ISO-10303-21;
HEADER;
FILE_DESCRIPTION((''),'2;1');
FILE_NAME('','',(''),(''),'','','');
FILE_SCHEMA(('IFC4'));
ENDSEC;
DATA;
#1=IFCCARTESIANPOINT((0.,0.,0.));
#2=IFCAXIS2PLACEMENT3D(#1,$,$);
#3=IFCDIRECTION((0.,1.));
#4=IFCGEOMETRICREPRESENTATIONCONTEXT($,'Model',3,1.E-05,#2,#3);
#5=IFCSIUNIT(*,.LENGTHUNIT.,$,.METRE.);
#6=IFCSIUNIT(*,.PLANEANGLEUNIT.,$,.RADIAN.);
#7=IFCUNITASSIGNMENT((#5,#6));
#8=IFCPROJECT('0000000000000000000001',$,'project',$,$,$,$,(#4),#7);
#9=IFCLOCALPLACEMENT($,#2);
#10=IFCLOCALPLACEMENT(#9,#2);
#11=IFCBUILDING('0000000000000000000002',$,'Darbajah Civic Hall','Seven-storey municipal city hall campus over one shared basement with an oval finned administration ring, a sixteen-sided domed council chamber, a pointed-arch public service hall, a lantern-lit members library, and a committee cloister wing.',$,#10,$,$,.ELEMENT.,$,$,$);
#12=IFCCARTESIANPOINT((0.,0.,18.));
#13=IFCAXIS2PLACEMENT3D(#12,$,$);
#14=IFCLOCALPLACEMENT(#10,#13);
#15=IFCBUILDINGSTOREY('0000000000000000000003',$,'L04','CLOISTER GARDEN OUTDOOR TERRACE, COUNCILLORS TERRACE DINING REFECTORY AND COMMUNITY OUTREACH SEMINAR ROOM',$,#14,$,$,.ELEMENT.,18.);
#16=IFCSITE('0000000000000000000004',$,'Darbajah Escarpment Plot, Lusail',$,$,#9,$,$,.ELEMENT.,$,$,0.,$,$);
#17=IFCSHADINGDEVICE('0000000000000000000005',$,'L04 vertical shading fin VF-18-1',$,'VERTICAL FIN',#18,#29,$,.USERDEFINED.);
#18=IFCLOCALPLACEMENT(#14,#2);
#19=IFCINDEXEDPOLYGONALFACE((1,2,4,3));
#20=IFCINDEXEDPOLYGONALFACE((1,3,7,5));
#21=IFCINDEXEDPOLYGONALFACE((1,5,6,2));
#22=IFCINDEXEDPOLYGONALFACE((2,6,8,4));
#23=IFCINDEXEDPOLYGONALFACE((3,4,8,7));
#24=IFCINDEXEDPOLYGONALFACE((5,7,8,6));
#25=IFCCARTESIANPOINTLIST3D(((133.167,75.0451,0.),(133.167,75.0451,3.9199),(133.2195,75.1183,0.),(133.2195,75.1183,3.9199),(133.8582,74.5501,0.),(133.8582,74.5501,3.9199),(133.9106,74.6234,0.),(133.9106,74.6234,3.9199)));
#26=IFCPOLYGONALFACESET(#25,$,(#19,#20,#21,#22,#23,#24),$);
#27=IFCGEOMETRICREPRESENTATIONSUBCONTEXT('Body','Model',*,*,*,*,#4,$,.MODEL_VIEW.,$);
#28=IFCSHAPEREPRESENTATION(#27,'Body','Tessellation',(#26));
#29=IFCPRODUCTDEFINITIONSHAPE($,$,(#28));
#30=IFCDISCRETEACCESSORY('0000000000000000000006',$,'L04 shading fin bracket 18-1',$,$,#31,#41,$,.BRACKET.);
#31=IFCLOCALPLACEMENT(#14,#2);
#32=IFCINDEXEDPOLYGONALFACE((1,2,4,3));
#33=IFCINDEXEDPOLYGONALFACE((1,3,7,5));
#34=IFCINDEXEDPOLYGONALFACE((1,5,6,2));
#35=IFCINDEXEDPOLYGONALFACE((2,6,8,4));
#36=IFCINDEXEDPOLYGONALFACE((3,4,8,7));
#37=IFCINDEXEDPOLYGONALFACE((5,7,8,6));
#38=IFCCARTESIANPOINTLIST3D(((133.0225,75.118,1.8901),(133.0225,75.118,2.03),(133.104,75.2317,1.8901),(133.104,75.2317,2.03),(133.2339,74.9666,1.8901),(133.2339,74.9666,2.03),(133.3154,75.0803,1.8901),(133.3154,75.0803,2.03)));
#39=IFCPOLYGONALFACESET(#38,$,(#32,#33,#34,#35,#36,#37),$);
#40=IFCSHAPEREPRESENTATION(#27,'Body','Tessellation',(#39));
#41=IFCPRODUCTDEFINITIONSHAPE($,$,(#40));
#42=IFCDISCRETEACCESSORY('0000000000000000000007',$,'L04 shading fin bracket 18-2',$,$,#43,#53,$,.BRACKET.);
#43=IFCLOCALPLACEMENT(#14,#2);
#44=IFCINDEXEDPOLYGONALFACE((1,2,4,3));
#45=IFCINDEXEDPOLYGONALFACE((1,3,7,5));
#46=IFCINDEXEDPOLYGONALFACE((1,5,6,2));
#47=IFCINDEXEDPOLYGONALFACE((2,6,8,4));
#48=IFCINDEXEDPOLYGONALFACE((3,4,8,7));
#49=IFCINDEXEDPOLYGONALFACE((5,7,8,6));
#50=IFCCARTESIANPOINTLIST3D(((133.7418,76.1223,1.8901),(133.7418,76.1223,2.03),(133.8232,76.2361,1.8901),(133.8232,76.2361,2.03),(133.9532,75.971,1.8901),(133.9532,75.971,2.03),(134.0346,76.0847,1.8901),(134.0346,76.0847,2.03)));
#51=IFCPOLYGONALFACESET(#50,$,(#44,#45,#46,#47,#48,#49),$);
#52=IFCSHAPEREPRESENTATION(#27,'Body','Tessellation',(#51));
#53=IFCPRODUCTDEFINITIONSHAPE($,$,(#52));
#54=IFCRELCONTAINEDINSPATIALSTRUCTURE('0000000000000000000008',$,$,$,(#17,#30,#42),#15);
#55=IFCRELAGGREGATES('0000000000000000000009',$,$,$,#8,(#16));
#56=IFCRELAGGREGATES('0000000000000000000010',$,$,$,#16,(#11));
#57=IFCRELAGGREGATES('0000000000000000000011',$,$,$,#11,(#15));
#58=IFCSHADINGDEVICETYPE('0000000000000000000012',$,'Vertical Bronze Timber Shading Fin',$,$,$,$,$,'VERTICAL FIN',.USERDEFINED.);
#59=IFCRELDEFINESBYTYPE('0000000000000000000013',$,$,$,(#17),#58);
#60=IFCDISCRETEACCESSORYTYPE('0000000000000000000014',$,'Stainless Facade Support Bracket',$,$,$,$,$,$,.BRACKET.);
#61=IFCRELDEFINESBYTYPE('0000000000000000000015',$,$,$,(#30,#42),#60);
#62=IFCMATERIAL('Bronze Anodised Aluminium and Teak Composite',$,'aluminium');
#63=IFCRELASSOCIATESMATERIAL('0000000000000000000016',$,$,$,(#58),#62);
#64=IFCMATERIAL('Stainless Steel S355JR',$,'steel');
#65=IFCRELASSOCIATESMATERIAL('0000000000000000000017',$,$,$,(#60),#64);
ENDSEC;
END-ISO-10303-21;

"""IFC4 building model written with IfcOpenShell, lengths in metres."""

from ifc_helpers import new_model, si_unit, direction, frame, origin, origin_2d, place, context, subcontext, project, spatial, rectangle, extrude, material, type_object, element, save


model = new_model("IFC4")

# Units and contexts
model_context = context("Model", 3, precision=1e-05, world=origin(), true_north=direction((0.0, 1.0)))
body_context = subcontext(model_context, "Body", "Model", "MODEL_VIEW")
ifc_project = project(units=[si_unit("LENGTHUNIT", "METRE"), si_unit("PLANEANGLEUNIT", "RADIAN")], contexts=[model_context])

# Site, building, storey
site_placement = place(None, origin())
site = spatial("IfcSite", under=ifc_project, at=site_placement, Name="Darbajah Escarpment Plot, Lusail", CompositionType="ELEMENT", RefElevation=0.0)
building_placement = place(site_placement, origin())
building = spatial("IfcBuilding", under=site, at=building_placement, Name="Darbajah Civic Hall", Description="Seven-storey municipal city hall campus over one shared basement with an oval finned administration ring, a sixteen-sided domed council chamber, a pointed-arch public service hall, a lantern-lit members library, and a committee cloister wing.", CompositionType="ELEMENT")
storey_placement = place(building_placement, frame((0.0, 0.0, 18.0)))
storey = spatial("IfcBuildingStorey", under=building, at=storey_placement, Name="L04", Description="CLOISTER GARDEN OUTDOOR TERRACE, COUNCILLORS TERRACE DINING REFECTORY AND COMMUNITY OUTREACH SEMINAR ROOM", CompositionType="ELEMENT", Elevation=18.0)

# Shading device
ifc_material_1 = material(Name="Bronze Anodised Aluminium and Teak Composite", Category="aluminium")
shading_device_type = type_object("IfcShadingDeviceType", Name="Vertical Bronze Timber Shading Fin", ElementType="VERTICAL FIN", PredefinedType="USERDEFINED", material=ifc_material_1)
shading_device_placement = place(storey_placement, frame((133.5388, 74.8342, 0.0), z_axis=(0.0, 0.0, 1.0), x_axis=(0.812999, -0.582265, 0.0)))
element("IfcShadingDevice", 1, at=shading_device_placement, inside=storey, type_object=shading_device_type, Name="L04 vertical shading fin VF-18-1", ObjectType="VERTICAL FIN", PredefinedType="USERDEFINED", context=body_context, shape_type="SweptSolid", body=[
    extrude(rectangle(XDim=0.8501, YDim=0.0901, at=origin_2d()), origin(), (0.0, 0.0, 1.0), 3.9199),
])

# Discrete accessories
ifc_material_2 = material(Name="Stainless Steel S355JR", Category="steel")
discrete_accessory_type = type_object("IfcDiscreteAccessoryType", Name="Stainless Facade Support Bracket", PredefinedType="BRACKET", material=ifc_material_2)
for number, where, z_axis, x_axis, name in (
    (2, (133.1689, 75.0991, 1.8901), (0.0, 0.0, 1.0), (0.812999, -0.582265, 0.0), "L04 shading fin bracket 18-1"),
    (3, (133.8882, 76.1035, 1.8901), (0.0, 0.0, 1.0), (0.812999, -0.582265, 0.0), "L04 shading fin bracket 18-2"),
):
    element("IfcDiscreteAccessory", number, at=place(storey_placement, frame(where, z_axis=z_axis, x_axis=x_axis)), inside=storey, type_object=discrete_accessory_type, Name=name, PredefinedType="BRACKET", context=body_context, shape_type="SweptSolid", body=[
        extrude(rectangle(XDim=0.26, YDim=0.1399, at=origin_2d()), origin(), (0.0, 0.0, 1.0), 0.1399),
    ])

save(model, "model.ifc")
